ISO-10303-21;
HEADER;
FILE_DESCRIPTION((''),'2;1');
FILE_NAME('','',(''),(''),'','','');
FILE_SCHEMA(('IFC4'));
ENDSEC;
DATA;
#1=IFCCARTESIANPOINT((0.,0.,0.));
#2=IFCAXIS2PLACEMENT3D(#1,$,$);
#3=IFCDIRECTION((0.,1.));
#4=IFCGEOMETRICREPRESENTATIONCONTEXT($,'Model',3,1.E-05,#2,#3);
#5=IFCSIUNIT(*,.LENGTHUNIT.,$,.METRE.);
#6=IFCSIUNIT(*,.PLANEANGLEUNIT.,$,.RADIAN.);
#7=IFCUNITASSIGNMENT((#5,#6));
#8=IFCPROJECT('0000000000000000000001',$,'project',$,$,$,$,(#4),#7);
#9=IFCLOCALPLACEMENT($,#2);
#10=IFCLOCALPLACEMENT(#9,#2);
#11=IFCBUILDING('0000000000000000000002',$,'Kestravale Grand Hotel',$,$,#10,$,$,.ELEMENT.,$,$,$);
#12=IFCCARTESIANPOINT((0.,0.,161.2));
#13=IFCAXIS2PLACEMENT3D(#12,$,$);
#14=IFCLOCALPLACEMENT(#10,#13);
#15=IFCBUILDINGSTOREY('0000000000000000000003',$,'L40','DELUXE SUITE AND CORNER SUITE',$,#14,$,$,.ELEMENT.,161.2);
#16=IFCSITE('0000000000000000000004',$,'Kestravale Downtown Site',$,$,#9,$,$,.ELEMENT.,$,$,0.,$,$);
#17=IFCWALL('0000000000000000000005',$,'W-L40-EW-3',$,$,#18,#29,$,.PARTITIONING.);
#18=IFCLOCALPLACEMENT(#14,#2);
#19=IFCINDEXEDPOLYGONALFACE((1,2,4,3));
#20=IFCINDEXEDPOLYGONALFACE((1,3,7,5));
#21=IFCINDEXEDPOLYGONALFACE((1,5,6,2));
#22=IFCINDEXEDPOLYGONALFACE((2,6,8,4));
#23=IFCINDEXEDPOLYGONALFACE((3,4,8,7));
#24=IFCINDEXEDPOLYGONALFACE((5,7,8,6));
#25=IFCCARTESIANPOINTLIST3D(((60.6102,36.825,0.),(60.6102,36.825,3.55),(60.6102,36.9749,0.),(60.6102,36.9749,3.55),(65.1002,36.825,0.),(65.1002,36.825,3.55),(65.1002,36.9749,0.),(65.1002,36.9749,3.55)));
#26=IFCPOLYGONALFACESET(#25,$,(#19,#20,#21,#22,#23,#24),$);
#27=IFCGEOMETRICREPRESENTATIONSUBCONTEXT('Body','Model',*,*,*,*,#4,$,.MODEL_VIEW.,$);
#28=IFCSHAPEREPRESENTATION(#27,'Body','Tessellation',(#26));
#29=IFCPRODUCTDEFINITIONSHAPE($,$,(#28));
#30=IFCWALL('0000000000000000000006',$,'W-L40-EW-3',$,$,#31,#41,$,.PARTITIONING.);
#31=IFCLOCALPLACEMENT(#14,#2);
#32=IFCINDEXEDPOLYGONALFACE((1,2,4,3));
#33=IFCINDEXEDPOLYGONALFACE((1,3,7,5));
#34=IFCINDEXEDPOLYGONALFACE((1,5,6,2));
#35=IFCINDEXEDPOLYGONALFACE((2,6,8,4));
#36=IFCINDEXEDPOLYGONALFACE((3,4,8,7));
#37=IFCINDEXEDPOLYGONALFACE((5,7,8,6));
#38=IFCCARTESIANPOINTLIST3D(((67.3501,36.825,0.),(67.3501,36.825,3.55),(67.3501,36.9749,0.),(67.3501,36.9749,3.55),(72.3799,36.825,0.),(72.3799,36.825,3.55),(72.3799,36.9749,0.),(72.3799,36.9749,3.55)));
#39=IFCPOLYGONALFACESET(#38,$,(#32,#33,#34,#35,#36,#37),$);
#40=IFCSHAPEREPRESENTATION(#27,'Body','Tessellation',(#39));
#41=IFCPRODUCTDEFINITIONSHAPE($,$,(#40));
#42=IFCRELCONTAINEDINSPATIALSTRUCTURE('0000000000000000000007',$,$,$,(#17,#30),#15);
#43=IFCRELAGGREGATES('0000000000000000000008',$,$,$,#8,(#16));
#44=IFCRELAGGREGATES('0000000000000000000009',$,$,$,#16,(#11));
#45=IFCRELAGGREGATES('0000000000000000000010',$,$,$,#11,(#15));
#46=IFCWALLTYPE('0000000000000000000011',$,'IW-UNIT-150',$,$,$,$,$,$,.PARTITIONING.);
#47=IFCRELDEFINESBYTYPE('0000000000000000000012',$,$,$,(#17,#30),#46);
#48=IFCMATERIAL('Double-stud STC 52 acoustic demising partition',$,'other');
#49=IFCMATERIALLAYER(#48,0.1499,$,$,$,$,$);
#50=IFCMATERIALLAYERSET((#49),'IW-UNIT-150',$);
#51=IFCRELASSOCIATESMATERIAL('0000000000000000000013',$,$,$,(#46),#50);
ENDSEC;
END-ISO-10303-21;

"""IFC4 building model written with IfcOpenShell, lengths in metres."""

from ifc_helpers import new_model, si_unit, direction, frame, frame_2d, origin, place, context, subcontext, project, spatial, rectangle, extrude, material, layer, layer_set, type_object, element, save


model = new_model("IFC4")

# Units and contexts
model_context = context("Model", 3, precision=1e-05, world=origin(), true_north=direction((0.0, 1.0)))
body_context = subcontext(model_context, "Body", "Model", "MODEL_VIEW")
ifc_project = project(units=[si_unit("LENGTHUNIT", "METRE"), si_unit("PLANEANGLEUNIT", "RADIAN")], contexts=[model_context])

# Site, building, storey
site_placement = place(None, origin())
site = spatial("IfcSite", under=ifc_project, at=site_placement, Name="Kestravale Downtown Site", CompositionType="ELEMENT", RefElevation=0.0)
building_placement = place(site_placement, origin())
building = spatial("IfcBuilding", under=site, at=building_placement, Name="Kestravale Grand Hotel", CompositionType="ELEMENT")
storey_placement = place(building_placement, frame((0.0, 0.0, 161.2)))
storey = spatial("IfcBuildingStorey", under=building, at=storey_placement, Name="L40", Description="DELUXE SUITE AND CORNER SUITE", CompositionType="ELEMENT", Elevation=161.2)

# Shared definitions
ifc_material_1 = material(Name="Double-stud STC 52 acoustic demising partition", Category="other")
ifc_layer_1 = layer(ifc_material_1, 0.1499)
ifc_layer_set_1 = layer_set([ifc_layer_1], Name="IW-UNIT-150")
wall_type_1 = type_object("IfcWallType", Name="IW-UNIT-150", PredefinedType="PARTITIONING", material=ifc_layer_set_1)

# Walls
wall_1_placement = place(storey_placement, frame((60.6101, 36.8999, 0.0), z_axis=(0.0, 0.0, 1.0), x_axis=(1.0, 0.0, 0.0)))
element("IfcWall", 1, at=wall_1_placement, inside=storey, type_object=wall_type_1, Name="W-L40-EW-3", PredefinedType="PARTITIONING", context=body_context, shape_type="SweptSolid", body=[
    extrude(rectangle(XDim=4.49, YDim=0.1499, at=frame_2d((2.2451, 0.0))), origin(), (0.0, 0.0, 1.0), 3.55),
])
wall_2_placement = place(storey_placement, frame((67.3501, 36.8999, 0.0), z_axis=(0.0, 0.0, 1.0), x_axis=(1.0, 0.0, 0.0)))
element("IfcWall", 2, at=wall_2_placement, inside=storey, type_object=wall_type_1, Name="W-L40-EW-3", PredefinedType="PARTITIONING", context=body_context, shape_type="SweptSolid", body=[
    extrude(rectangle(XDim=5.0298, YDim=0.1499, at=frame_2d((2.5149, 0.0))), origin(), (0.0, 0.0, 1.0), 3.55),
])

save(model, "model.ifc")
